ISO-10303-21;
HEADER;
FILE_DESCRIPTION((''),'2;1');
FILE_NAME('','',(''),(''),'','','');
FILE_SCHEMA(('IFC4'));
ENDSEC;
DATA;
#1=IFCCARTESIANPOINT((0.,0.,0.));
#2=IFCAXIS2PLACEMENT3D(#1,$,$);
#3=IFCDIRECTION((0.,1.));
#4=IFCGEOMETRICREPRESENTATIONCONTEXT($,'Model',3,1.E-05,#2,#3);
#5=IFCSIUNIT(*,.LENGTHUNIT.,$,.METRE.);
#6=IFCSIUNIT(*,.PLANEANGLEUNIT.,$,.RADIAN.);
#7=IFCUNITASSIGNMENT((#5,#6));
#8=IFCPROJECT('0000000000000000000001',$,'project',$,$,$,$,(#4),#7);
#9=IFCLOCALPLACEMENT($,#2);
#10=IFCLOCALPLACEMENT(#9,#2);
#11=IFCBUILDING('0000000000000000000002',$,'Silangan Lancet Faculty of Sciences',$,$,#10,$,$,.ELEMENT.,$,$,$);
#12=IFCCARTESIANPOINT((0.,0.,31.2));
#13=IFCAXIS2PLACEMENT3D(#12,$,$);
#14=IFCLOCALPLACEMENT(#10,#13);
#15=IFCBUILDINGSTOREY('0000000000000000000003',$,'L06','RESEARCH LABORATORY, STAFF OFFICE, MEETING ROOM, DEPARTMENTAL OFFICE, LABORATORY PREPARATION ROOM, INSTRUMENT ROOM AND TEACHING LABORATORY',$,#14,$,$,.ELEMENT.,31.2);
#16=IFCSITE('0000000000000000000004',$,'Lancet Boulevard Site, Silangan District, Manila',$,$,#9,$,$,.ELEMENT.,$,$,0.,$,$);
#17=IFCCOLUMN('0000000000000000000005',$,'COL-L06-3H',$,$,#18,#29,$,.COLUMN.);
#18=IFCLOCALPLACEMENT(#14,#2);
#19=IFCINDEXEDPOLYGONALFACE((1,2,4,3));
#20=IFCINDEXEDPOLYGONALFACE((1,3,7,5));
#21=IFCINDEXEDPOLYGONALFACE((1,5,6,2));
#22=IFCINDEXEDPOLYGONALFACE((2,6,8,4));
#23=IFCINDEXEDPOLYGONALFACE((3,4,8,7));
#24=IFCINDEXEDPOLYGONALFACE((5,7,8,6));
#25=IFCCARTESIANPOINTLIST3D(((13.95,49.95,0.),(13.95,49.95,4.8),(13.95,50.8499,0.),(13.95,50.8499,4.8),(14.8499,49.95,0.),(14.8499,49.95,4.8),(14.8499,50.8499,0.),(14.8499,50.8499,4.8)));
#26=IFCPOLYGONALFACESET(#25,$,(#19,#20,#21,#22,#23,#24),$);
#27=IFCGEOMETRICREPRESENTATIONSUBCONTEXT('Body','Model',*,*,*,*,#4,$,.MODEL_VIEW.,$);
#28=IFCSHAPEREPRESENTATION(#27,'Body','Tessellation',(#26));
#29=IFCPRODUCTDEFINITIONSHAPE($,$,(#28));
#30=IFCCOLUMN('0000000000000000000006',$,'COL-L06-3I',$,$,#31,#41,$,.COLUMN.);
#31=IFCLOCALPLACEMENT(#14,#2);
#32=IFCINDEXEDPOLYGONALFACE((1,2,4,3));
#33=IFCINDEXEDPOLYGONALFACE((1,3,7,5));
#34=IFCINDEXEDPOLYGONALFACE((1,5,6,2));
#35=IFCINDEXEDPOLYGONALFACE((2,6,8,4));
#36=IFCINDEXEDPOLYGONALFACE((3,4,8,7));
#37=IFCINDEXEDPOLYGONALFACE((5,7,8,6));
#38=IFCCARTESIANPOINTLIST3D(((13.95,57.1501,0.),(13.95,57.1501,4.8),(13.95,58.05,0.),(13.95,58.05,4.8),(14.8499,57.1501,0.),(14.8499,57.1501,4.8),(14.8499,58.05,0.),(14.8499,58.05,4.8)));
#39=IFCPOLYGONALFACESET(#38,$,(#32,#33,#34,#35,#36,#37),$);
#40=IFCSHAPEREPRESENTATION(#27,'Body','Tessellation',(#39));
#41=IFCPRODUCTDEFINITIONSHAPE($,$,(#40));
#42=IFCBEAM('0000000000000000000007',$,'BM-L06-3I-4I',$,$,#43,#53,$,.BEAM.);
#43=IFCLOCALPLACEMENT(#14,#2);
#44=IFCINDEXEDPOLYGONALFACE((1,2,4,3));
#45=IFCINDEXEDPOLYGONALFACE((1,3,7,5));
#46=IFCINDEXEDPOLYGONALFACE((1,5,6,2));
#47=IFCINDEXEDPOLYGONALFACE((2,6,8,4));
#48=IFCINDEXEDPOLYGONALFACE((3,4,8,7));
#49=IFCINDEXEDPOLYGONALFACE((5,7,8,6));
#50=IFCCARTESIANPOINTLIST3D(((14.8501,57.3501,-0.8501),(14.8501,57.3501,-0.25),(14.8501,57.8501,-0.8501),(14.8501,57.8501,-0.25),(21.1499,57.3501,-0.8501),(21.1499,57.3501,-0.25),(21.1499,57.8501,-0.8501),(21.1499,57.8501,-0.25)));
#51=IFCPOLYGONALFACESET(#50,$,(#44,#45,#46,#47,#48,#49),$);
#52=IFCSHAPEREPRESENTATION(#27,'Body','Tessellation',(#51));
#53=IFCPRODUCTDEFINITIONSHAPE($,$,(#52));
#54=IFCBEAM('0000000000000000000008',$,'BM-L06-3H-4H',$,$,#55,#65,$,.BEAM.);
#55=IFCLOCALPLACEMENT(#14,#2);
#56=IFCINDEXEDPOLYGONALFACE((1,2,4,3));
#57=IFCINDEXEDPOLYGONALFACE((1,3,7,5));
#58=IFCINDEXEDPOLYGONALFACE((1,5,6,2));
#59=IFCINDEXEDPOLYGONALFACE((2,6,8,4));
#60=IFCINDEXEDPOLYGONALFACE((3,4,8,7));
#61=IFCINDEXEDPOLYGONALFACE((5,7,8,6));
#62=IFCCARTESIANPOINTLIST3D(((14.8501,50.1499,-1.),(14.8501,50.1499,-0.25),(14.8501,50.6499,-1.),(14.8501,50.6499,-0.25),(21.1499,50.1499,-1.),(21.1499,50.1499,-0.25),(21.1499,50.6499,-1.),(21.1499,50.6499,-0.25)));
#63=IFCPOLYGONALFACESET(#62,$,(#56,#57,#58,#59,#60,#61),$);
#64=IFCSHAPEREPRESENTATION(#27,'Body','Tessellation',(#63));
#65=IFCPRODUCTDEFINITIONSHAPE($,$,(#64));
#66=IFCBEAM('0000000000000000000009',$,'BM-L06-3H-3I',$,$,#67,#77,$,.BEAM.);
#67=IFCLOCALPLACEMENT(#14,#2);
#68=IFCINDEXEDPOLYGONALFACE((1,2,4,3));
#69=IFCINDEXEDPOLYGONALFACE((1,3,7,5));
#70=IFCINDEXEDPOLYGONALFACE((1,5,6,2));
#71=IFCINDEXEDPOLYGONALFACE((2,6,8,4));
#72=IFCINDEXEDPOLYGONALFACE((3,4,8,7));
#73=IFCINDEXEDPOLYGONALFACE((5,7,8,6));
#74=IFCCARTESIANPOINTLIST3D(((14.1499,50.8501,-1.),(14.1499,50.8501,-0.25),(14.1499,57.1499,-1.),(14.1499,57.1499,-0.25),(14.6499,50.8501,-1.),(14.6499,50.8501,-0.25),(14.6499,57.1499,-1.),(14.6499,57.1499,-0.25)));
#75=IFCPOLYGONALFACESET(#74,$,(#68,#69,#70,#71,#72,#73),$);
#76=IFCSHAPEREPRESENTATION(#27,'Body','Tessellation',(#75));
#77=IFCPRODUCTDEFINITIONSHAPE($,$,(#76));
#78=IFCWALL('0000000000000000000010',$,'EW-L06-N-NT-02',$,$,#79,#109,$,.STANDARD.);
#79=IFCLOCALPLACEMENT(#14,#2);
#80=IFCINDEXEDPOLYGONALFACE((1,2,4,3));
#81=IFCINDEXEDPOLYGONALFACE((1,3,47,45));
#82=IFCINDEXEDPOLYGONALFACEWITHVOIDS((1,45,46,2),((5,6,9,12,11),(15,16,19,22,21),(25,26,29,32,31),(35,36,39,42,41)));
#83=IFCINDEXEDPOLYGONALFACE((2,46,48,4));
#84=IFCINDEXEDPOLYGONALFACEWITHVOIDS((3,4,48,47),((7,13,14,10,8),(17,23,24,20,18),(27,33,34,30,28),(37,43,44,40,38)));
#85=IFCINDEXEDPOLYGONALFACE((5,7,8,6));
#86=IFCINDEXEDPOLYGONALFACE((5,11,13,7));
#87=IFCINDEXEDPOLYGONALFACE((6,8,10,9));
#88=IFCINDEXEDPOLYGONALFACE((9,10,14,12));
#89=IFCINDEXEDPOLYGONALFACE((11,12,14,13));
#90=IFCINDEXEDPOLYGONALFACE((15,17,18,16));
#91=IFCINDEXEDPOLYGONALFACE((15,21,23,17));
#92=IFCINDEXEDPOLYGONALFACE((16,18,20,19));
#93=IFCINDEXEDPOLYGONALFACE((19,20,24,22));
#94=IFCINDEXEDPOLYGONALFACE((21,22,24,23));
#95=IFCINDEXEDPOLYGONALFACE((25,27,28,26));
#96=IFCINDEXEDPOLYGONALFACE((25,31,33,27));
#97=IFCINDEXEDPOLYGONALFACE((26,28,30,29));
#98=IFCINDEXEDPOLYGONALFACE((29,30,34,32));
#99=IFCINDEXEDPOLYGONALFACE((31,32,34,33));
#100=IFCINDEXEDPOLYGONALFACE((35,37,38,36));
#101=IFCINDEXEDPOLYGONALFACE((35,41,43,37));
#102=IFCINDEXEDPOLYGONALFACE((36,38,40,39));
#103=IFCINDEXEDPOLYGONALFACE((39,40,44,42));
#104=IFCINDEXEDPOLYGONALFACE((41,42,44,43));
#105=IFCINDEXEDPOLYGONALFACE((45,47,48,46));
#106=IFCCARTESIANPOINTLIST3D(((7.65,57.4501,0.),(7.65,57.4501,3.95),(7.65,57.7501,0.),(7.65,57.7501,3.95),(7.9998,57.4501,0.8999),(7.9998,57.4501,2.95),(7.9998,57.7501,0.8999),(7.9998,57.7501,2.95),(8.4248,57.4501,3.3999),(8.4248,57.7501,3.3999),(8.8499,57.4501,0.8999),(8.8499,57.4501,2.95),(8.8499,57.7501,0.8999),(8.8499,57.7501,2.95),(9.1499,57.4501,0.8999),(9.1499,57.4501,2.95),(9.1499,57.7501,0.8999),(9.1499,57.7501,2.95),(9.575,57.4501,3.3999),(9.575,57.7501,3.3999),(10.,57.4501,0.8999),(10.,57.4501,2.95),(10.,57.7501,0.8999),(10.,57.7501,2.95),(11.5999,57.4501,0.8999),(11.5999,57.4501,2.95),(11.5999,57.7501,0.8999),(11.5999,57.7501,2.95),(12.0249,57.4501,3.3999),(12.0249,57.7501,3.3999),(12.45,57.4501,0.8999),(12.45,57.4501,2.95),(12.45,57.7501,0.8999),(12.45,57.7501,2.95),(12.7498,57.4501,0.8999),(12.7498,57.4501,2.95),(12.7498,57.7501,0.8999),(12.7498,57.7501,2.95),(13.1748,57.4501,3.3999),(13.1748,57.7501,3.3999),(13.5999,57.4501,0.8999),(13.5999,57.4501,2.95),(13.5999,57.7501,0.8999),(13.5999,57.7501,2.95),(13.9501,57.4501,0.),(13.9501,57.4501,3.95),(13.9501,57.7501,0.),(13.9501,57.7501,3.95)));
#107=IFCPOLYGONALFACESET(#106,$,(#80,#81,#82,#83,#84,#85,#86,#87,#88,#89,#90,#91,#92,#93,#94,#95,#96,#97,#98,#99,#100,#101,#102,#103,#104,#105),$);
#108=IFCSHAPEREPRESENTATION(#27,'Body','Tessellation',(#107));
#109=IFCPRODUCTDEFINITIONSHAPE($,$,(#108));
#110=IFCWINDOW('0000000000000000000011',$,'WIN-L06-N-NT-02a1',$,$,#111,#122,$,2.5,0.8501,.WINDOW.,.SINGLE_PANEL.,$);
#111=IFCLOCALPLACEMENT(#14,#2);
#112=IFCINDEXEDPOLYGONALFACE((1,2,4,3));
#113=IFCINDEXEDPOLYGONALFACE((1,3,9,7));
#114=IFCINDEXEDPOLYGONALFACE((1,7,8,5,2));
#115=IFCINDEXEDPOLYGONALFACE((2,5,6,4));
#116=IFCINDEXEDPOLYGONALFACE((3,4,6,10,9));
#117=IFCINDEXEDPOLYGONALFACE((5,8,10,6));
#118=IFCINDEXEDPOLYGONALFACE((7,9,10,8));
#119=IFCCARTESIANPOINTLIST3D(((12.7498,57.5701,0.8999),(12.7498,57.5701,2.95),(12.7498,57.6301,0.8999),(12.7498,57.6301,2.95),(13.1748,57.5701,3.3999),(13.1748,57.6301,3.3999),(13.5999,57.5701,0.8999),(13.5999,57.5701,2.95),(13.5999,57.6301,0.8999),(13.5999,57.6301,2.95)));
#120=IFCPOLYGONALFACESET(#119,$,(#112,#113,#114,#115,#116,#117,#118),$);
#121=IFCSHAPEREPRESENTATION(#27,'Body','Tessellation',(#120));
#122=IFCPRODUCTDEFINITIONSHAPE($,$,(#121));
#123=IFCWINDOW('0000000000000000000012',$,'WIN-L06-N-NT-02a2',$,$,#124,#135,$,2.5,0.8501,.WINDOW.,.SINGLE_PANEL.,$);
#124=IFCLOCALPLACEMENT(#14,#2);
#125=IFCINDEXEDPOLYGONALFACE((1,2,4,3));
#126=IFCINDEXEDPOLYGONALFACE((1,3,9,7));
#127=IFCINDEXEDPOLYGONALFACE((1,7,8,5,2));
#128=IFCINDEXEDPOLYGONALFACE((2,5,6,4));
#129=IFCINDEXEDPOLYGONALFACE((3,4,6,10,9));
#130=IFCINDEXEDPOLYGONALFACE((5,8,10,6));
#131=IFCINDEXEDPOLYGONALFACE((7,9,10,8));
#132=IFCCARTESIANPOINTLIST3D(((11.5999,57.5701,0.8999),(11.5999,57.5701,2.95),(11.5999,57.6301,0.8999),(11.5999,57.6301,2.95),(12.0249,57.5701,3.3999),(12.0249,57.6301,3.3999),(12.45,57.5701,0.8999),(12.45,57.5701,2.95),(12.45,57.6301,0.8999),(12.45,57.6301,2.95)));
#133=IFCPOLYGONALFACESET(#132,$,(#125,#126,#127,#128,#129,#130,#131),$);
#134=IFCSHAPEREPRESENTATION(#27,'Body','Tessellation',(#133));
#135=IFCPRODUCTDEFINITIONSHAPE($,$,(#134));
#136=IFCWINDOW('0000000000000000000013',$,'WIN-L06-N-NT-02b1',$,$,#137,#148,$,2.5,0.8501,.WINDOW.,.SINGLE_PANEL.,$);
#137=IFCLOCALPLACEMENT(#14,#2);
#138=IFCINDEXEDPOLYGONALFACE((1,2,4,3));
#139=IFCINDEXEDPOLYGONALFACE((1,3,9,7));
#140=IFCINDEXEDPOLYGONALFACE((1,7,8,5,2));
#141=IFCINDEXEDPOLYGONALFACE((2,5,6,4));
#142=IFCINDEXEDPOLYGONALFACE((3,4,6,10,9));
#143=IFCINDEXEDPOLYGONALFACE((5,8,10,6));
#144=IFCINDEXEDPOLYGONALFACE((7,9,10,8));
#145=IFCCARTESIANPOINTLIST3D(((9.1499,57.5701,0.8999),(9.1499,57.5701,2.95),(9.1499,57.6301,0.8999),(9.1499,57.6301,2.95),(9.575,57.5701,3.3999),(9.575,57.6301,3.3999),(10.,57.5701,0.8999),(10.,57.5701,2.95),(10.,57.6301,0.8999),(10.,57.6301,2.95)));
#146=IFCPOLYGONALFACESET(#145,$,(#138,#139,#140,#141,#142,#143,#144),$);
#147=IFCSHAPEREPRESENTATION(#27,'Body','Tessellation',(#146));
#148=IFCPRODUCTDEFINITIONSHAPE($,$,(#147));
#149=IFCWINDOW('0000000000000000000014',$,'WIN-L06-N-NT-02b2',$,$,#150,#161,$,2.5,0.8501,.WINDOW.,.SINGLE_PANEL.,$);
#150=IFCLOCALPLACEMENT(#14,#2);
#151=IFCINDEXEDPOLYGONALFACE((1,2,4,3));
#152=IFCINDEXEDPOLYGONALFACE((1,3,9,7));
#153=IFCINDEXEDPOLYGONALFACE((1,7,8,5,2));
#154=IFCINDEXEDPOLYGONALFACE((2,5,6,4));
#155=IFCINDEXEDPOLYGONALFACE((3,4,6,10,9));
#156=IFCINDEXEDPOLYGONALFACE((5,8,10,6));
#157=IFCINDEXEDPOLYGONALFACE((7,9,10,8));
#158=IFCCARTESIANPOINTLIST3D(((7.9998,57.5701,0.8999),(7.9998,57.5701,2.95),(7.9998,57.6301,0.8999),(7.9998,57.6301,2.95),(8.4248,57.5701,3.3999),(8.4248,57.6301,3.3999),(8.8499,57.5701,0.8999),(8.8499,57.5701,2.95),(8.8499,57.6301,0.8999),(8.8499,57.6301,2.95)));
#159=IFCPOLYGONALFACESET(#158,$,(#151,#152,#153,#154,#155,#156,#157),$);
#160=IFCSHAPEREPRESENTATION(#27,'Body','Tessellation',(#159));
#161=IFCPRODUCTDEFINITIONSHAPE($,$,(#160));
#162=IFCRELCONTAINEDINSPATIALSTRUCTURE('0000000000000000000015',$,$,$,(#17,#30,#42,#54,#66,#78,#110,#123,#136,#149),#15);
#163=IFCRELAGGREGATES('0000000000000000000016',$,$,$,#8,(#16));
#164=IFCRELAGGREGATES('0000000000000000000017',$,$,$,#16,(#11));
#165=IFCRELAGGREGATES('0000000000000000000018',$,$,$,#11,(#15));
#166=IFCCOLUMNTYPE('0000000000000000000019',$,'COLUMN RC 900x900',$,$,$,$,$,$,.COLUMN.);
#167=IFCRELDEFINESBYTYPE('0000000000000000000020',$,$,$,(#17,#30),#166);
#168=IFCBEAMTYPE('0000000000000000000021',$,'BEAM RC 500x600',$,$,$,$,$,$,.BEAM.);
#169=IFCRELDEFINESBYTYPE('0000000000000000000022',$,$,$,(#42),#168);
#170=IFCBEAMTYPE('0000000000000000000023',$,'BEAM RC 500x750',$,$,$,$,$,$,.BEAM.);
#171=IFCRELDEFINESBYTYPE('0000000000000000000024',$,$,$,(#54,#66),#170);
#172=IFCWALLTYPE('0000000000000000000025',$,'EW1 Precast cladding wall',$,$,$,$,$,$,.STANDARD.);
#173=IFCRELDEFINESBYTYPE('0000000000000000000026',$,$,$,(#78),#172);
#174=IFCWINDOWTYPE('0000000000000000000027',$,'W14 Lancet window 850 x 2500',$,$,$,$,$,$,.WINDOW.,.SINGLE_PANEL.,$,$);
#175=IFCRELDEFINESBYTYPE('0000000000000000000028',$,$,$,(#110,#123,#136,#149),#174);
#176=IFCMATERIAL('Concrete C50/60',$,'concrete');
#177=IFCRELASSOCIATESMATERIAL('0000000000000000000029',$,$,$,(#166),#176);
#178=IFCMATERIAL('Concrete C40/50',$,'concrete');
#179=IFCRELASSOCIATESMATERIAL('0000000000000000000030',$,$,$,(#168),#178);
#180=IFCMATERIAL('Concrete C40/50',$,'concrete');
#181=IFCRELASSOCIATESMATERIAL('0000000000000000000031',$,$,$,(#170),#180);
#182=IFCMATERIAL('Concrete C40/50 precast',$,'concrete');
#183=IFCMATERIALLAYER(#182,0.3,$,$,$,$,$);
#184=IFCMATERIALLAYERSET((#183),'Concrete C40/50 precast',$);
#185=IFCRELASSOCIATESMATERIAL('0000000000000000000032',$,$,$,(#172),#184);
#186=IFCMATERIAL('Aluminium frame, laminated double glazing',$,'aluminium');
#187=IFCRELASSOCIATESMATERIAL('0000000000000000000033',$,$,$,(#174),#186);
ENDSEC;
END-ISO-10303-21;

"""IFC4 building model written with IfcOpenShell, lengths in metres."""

from ifc_helpers import new_model, si_unit, direction, frame, frame_2d, origin, origin_2d, place, context, subcontext, project, spatial, polyline, rectangle, outline, extrude, material, layer, layer_set, material_profile, profile_set, type_object, element, fill, save


model = new_model("IFC4")

# Units and contexts
model_context = context("Model", 3, precision=1e-05, world=origin(), true_north=direction((0.0, 1.0)))
body_context = subcontext(model_context, "Body", "Model", "MODEL_VIEW")
ifc_project = project(units=[si_unit("LENGTHUNIT", "METRE"), si_unit("PLANEANGLEUNIT", "RADIAN")], contexts=[model_context])

# Site, building, storey
site_placement = place(None, origin())
site = spatial("IfcSite", under=ifc_project, at=site_placement, Name="Lancet Boulevard Site, Silangan District, Manila", CompositionType="ELEMENT", RefElevation=0.0)
building_placement = place(site_placement, origin())
building = spatial("IfcBuilding", under=site, at=building_placement, Name="Silangan Lancet Faculty of Sciences", CompositionType="ELEMENT")
storey_placement = place(building_placement, frame((0.0, 0.0, 31.2)))
storey = spatial("IfcBuildingStorey", under=building, at=storey_placement, Name="L06", Description="RESEARCH LABORATORY, STAFF OFFICE, MEETING ROOM, DEPARTMENTAL OFFICE, LABORATORY PREPARATION ROOM, INSTRUMENT ROOM AND TEACHING LABORATORY", CompositionType="ELEMENT", Elevation=31.2)

# Columns
ifc_material_1 = material(Name="Concrete C50/60", Category="concrete")
ifc_material_profile_1 = material_profile(ifc_material_1, rectangle(XDim=0.8999, YDim=0.8999, at=origin_2d()), Name="RC 900x900")
ifc_profile_set_1 = profile_set([ifc_material_profile_1], Name="Concrete C50/60")
column_type = type_object("IfcColumnType", Name="COLUMN RC 900x900", PredefinedType="COLUMN", material=ifc_profile_set_1)
for number, where, z_axis, x_axis, name in (
    (1, (14.3999, 50.3999, 0.0), (0.0, 0.0, 1.0), (1.0, 0.0, 0.0), "COL-L06-3H"),
    (2, (14.3999, 57.6001, 0.0), (0.0, 0.0, 1.0), (1.0, 0.0, 0.0), "COL-L06-3I"),
):
    element("IfcColumn", number, at=place(storey_placement, frame(where, z_axis=z_axis, x_axis=x_axis)), inside=storey, type_object=column_type, Name=name, PredefinedType="COLUMN", context=body_context, shape_type="SweptSolid", body=[
        extrude(rectangle(XDim=0.8999, YDim=0.8999, at=origin_2d()), origin(), (0.0, 0.0, 1.0), 4.8),
    ])

# Beams
ifc_material_2 = material(Name="Concrete C40/50", Category="concrete")
ifc_material_profile_2 = material_profile(ifc_material_2, rectangle(XDim=0.5, YDim=0.6001, at=origin_2d()), Name="RC 500x600")
ifc_profile_set_2 = profile_set([ifc_material_profile_2], Name="Concrete C40/50")
beam_type_1 = type_object("IfcBeamType", Name="BEAM RC 500x600", PredefinedType="BEAM", material=ifc_profile_set_2)
beam_placement = place(storey_placement, frame((14.8501, 57.6001, -0.55), z_axis=(1.0, 0.0, 0.0), x_axis=(0.0, 1.0, 0.0)))
element("IfcBeam", 3, at=beam_placement, inside=storey, type_object=beam_type_1, Name="BM-L06-3I-4I", PredefinedType="BEAM", context=body_context, shape_type="SweptSolid", body=[
    extrude(rectangle(XDim=0.5, YDim=0.6001, at=origin_2d()), origin(), (0.0, 0.0, 1.0), 6.2998),
])
ifc_material_3 = material(Name="Concrete C40/50", Category="concrete")
ifc_material_profile_3 = material_profile(ifc_material_3, rectangle(XDim=0.5, YDim=0.75, at=origin_2d()), Name="RC 500x750")
ifc_profile_set_3 = profile_set([ifc_material_profile_3], Name="Concrete C40/50")
beam_type_2 = type_object("IfcBeamType", Name="BEAM RC 500x750", PredefinedType="BEAM", material=ifc_profile_set_3)
for number, where, z_axis, x_axis, name in (
    (4, (14.8501, 50.3999, -0.625), (1.0, 0.0, 0.0), (0.0, 1.0, 0.0), "BM-L06-3H-4H"),
    (5, (14.3999, 50.8501, -0.625), (0.0, 1.0, 0.0), (-1.0, 0.0, 0.0), "BM-L06-3H-3I"),
):
    element("IfcBeam", number, at=place(storey_placement, frame(where, z_axis=z_axis, x_axis=x_axis)), inside=storey, type_object=beam_type_2, Name=name, PredefinedType="BEAM", context=body_context, shape_type="SweptSolid", body=[
        extrude(rectangle(XDim=0.5, YDim=0.75, at=origin_2d()), origin(), (0.0, 0.0, 1.0), 6.2998),
    ])

# Wall, openings, windows
ifc_material_4 = material(Name="Concrete C40/50 precast", Category="concrete")
ifc_layer_1 = layer(ifc_material_4, 0.3)
ifc_layer_set_1 = layer_set([ifc_layer_1], Name="Concrete C40/50 precast")
wall_type_1 = type_object("IfcWallType", Name="EW1 Precast cladding wall", PredefinedType="STANDARD", material=ifc_layer_set_1)
wall_1_placement = place(storey_placement, frame((13.95, 57.6001, 0.0), z_axis=(0.0, 0.0, 1.0), x_axis=(-1.0, 0.0, 0.0)))
wall_1 = element("IfcWall", 6, at=wall_1_placement, inside=storey, type_object=wall_type_1, Name="EW-L06-N-NT-02", PredefinedType="STANDARD", context=body_context, shape_type="SweptSolid", body=[
    extrude(rectangle(XDim=6.3, YDim=0.3, at=frame_2d((3.1499, 0.0))), origin(), (0.0, 0.0, 1.0), 3.95),
])
opening_1_placement = place(wall_1_placement, frame((0.3501, 0.0, 0.8999)))
opening_1 = element("IfcOpeningElement", 7, at=opening_1_placement, cuts=wall_1, PredefinedType="OPENING", context=body_context, shape_type="SweptSolid", body=[
    extrude(outline(polyline([(0.0, 0.0), (0.8501, 0.0), (0.8501, 2.05), (0.425, 2.5), (0.0, 2.05), (0.0, 0.0)])), frame((0.0, 0.1599, 0.0), z_axis=(0.0, -1.0, 0.0), x_axis=(1.0, 0.0, 0.0)), (0.0, 0.0, 1.0), 0.3201),
])
opening_2_placement = place(wall_1_placement, frame((1.5, 0.0, 0.8999)))
opening_2 = element("IfcOpeningElement", 8, at=opening_2_placement, cuts=wall_1, PredefinedType="OPENING", context=body_context, shape_type="SweptSolid", body=[
    extrude(outline(polyline([(0.0, 0.0), (0.8501, 0.0), (0.8501, 2.05), (0.425, 2.5), (0.0, 2.05), (0.0, 0.0)])), frame((0.0, 0.1599, 0.0), z_axis=(0.0, -1.0, 0.0), x_axis=(1.0, 0.0, 0.0)), (0.0, 0.0, 1.0), 0.3201),
])
opening_3_placement = place(wall_1_placement, frame((3.95, 0.0, 0.8999)))
opening_3 = element("IfcOpeningElement", 9, at=opening_3_placement, cuts=wall_1, PredefinedType="OPENING", context=body_context, shape_type="SweptSolid", body=[
    extrude(outline(polyline([(0.0, 0.0), (0.8501, 0.0), (0.8501, 2.05), (0.425, 2.5), (0.0, 2.05), (0.0, 0.0)])), frame((0.0, 0.1599, 0.0), z_axis=(0.0, -1.0, 0.0), x_axis=(1.0, 0.0, 0.0)), (0.0, 0.0, 1.0), 0.3201),
])
opening_4_placement = place(wall_1_placement, frame((5.1001, 0.0, 0.8999)))
opening_4 = element("IfcOpeningElement", 10, at=opening_4_placement, cuts=wall_1, PredefinedType="OPENING", context=body_context, shape_type="SweptSolid", body=[
    extrude(outline(polyline([(0.0, 0.0), (0.8501, 0.0), (0.8501, 2.05), (0.425, 2.5), (0.0, 2.05), (0.0, 0.0)])), frame((0.0, 0.1599, 0.0), z_axis=(0.0, -1.0, 0.0), x_axis=(1.0, 0.0, 0.0)), (0.0, 0.0, 1.0), 0.3201),
])
ifc_material_5 = material(Name="Aluminium frame, laminated double glazing", Category="aluminium")
window_type = type_object("IfcWindowType", Name="W14 Lancet window 850 x 2500", PartitioningType="SINGLE_PANEL", PredefinedType="WINDOW", material=ifc_material_5)
window_1_placement = place(opening_1_placement, origin())
window_1 = element("IfcWindow", 11, at=window_1_placement, inside=storey, type_object=window_type, Name="WIN-L06-N-NT-02a1", OverallHeight=2.5, OverallWidth=0.8501, PartitioningType="SINGLE_PANEL", PredefinedType="WINDOW", context=body_context, shape_type="SweptSolid", body=[
    extrude(outline(polyline([(0.0, 0.0), (0.8501, 0.0), (0.8501, 2.05), (0.425, 2.5), (0.0, 2.05), (0.0, 0.0)])), frame((0.0, 0.03, 0.0), z_axis=(0.0, -1.0, 0.0), x_axis=(1.0, 0.0, 0.0)), (0.0, 0.0, 1.0), 0.0601),
])
fill(opening_1, window_1)
window_2_placement = place(opening_2_placement, origin())
window_2 = element("IfcWindow", 12, at=window_2_placement, inside=storey, type_object=window_type, Name="WIN-L06-N-NT-02a2", OverallHeight=2.5, OverallWidth=0.8501, PartitioningType="SINGLE_PANEL", PredefinedType="WINDOW", context=body_context, shape_type="SweptSolid", body=[
    extrude(outline(polyline([(0.0, 0.0), (0.8501, 0.0), (0.8501, 2.05), (0.425, 2.5), (0.0, 2.05), (0.0, 0.0)])), frame((0.0, 0.03, 0.0), z_axis=(0.0, -1.0, 0.0), x_axis=(1.0, 0.0, 0.0)), (0.0, 0.0, 1.0), 0.0601),
])
fill(opening_2, window_2)
window_3_placement = place(opening_3_placement, origin())
window_3 = element("IfcWindow", 13, at=window_3_placement, inside=storey, type_object=window_type, Name="WIN-L06-N-NT-02b1", OverallHeight=2.5, OverallWidth=0.8501, PartitioningType="SINGLE_PANEL", PredefinedType="WINDOW", context=body_context, shape_type="SweptSolid", body=[
    extrude(outline(polyline([(0.0, 0.0), (0.8501, 0.0), (0.8501, 2.05), (0.425, 2.5), (0.0, 2.05), (0.0, 0.0)])), frame((0.0, 0.03, 0.0), z_axis=(0.0, -1.0, 0.0), x_axis=(1.0, 0.0, 0.0)), (0.0, 0.0, 1.0), 0.0601),
])
fill(opening_3, window_3)
window_4_placement = place(opening_4_placement, origin())
window_4 = element("IfcWindow", 14, at=window_4_placement, inside=storey, type_object=window_type, Name="WIN-L06-N-NT-02b2", OverallHeight=2.5, OverallWidth=0.8501, PartitioningType="SINGLE_PANEL", PredefinedType="WINDOW", context=body_context, shape_type="SweptSolid", body=[
    extrude(outline(polyline([(0.0, 0.0), (0.8501, 0.0), (0.8501, 2.05), (0.425, 2.5), (0.0, 2.05), (0.0, 0.0)])), frame((0.0, 0.03, 0.0), z_axis=(0.0, -1.0, 0.0), x_axis=(1.0, 0.0, 0.0)), (0.0, 0.0, 1.0), 0.0601),
])
fill(opening_4, window_4)

save(model, "model.ifc")
